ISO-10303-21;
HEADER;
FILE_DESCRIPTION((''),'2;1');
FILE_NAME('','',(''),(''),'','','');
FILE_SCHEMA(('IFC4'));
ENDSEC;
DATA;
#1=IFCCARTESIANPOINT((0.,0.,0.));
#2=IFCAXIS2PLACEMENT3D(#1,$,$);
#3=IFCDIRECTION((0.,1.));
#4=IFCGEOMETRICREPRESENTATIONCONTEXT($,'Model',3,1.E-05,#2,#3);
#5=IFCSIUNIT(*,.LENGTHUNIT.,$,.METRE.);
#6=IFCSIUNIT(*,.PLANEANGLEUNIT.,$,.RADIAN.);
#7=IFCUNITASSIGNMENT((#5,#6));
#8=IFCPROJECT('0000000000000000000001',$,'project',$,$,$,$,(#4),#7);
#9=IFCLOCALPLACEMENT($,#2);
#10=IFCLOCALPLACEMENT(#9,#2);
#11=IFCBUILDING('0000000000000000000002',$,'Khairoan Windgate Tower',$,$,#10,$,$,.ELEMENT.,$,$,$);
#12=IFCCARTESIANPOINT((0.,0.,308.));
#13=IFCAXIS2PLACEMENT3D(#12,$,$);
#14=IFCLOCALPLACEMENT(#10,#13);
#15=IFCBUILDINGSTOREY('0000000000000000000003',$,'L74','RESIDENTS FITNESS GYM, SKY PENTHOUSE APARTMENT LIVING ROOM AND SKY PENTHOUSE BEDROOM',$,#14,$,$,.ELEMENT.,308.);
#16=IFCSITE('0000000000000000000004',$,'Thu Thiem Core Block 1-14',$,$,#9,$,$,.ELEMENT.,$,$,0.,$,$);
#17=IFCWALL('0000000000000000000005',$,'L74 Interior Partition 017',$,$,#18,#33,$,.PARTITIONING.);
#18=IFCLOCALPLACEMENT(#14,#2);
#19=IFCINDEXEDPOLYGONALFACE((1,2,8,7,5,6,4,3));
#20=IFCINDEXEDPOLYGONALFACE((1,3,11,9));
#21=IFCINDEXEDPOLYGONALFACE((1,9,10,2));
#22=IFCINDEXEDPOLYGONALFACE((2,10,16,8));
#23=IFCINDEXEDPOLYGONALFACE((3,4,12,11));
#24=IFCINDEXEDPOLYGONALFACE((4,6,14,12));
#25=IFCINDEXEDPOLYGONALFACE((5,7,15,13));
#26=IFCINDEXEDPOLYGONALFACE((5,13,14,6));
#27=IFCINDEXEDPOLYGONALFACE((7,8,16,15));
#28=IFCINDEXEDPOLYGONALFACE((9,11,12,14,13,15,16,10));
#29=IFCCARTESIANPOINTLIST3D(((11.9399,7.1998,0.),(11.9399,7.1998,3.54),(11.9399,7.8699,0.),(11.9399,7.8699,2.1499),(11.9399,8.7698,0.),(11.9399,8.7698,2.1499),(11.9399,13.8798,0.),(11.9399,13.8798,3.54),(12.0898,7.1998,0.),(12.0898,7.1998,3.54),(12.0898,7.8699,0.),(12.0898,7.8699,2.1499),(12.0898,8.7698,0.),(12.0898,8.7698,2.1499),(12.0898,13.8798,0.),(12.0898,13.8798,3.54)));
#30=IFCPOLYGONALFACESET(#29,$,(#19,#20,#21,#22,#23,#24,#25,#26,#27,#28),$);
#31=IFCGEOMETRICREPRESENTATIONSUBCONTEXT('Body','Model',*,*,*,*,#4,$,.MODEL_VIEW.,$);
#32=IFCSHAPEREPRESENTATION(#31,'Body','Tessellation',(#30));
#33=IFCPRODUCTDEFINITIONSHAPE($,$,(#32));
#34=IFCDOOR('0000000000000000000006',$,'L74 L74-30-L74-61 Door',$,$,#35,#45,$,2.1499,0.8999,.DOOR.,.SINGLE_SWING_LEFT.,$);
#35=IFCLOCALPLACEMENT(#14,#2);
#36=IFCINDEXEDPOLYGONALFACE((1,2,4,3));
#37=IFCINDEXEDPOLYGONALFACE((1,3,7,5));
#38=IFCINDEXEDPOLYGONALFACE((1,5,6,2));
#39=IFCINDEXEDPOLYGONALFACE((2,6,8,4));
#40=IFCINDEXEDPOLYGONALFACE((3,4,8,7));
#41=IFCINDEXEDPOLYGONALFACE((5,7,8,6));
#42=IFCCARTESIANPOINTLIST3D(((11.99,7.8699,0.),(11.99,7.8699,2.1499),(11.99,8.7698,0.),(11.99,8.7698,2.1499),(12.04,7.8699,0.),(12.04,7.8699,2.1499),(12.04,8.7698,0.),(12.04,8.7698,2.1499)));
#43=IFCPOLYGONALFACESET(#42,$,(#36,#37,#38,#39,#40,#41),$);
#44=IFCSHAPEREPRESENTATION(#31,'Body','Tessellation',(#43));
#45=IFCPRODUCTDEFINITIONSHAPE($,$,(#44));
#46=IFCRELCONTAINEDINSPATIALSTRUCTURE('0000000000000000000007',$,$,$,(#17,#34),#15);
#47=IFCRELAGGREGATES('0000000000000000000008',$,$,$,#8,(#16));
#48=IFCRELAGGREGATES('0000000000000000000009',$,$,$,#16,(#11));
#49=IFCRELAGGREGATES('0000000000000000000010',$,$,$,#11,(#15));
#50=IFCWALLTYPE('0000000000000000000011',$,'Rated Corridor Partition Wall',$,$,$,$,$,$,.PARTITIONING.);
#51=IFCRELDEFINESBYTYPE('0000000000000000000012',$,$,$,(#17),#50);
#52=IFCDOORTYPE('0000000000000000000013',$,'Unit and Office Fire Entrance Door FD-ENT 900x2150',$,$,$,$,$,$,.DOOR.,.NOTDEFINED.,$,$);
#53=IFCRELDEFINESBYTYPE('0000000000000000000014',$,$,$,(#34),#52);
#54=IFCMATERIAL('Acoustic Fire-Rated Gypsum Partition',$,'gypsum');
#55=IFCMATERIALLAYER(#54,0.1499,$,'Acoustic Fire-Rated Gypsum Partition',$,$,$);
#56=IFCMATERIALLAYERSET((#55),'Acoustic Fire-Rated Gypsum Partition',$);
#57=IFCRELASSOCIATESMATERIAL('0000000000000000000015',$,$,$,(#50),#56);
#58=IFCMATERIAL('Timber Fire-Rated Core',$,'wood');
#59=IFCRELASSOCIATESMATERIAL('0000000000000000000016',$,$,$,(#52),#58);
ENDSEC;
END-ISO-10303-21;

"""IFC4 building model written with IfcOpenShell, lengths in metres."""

from ifc_helpers import new_model, si_unit, direction, frame, frame_2d, origin, place, context, subcontext, project, spatial, rectangle, extrude, material, layer, layer_set, type_object, element, fill, save


model = new_model("IFC4")

# Units and contexts
model_context = context("Model", 3, precision=1e-05, world=origin(), true_north=direction((0.0, 1.0)))
body_context = subcontext(model_context, "Body", "Model", "MODEL_VIEW")
ifc_project = project(units=[si_unit("LENGTHUNIT", "METRE"), si_unit("PLANEANGLEUNIT", "RADIAN")], contexts=[model_context])

# Site, building, storey
site_placement = place(None, origin())
site = spatial("IfcSite", under=ifc_project, at=site_placement, Name="Thu Thiem Core Block 1-14", CompositionType="ELEMENT", RefElevation=0.0)
building_placement = place(site_placement, origin())
building = spatial("IfcBuilding", under=site, at=building_placement, Name="Khairoan Windgate Tower", CompositionType="ELEMENT")
storey_placement = place(building_placement, frame((0.0, 0.0, 308.0)))
storey = spatial("IfcBuildingStorey", under=building, at=storey_placement, Name="L74", Description="RESIDENTS FITNESS GYM, SKY PENTHOUSE APARTMENT LIVING ROOM AND SKY PENTHOUSE BEDROOM", CompositionType="ELEMENT", Elevation=308.0)

# Wall, opening, door
ifc_material_1 = material(Name="Acoustic Fire-Rated Gypsum Partition", Category="gypsum")
ifc_layer_1 = layer(ifc_material_1, 0.1499, Name="Acoustic Fire-Rated Gypsum Partition")
ifc_layer_set_1 = layer_set([ifc_layer_1], Name="Acoustic Fire-Rated Gypsum Partition")
wall_type_1 = type_object("IfcWallType", Name="Rated Corridor Partition Wall", PredefinedType="PARTITIONING", material=ifc_layer_set_1)
wall_1_placement = place(storey_placement, frame((12.0149, 7.2, 0.0), z_axis=(0.0, 0.0, 1.0), x_axis=(0.0, 1.0, 0.0)))
wall_1 = element("IfcWall", 1, at=wall_1_placement, inside=storey, type_object=wall_type_1, Name="L74 Interior Partition 017", PredefinedType="PARTITIONING", context=body_context, shape_type="SweptSolid", body=[
    extrude(rectangle(XDim=6.6799, YDim=0.1499, at=frame_2d((3.3398, 0.0))), origin(), (0.0, 0.0, 1.0), 3.54),
])
opening_1_placement = place(wall_1_placement, frame((0.6699, 0.0, 0.0)))
opening_1 = element("IfcOpeningElement", 2, at=opening_1_placement, cuts=wall_1, PredefinedType="OPENING", context=body_context, shape_type="SweptSolid", body=[
    extrude(rectangle(XDim=0.8999, YDim=2.1499, at=frame_2d((0.45, 1.075))), frame((0.0, 0.085, 0.0), z_axis=(0.0, -1.0, 0.0), x_axis=(1.0, 0.0, 0.0)), (0.0, 0.0, 1.0), 0.1699),
])
ifc_material_2 = material(Name="Timber Fire-Rated Core", Category="wood")
door_type_1 = type_object("IfcDoorType", Name="Unit and Office Fire Entrance Door FD-ENT 900x2150", OperationType="NOTDEFINED", PredefinedType="DOOR", material=ifc_material_2)
door_1_placement = place(opening_1_placement, origin())
door_1 = element("IfcDoor", 3, at=door_1_placement, inside=storey, type_object=door_type_1, Name="L74 L74-30-L74-61 Door", OperationType="SINGLE_SWING_LEFT", OverallHeight=2.1499, OverallWidth=0.8999, PredefinedType="DOOR", context=body_context, shape_type="SweptSolid", body=[
    extrude(rectangle(XDim=0.8999, YDim=2.1499, at=frame_2d((0.45, 1.075))), frame((0.0, 0.0249, 0.0), z_axis=(0.0, -1.0, 0.0), x_axis=(1.0, 0.0, 0.0)), (0.0, 0.0, 1.0), 0.05),
])
fill(opening_1, door_1)

save(model, "model.ifc")
